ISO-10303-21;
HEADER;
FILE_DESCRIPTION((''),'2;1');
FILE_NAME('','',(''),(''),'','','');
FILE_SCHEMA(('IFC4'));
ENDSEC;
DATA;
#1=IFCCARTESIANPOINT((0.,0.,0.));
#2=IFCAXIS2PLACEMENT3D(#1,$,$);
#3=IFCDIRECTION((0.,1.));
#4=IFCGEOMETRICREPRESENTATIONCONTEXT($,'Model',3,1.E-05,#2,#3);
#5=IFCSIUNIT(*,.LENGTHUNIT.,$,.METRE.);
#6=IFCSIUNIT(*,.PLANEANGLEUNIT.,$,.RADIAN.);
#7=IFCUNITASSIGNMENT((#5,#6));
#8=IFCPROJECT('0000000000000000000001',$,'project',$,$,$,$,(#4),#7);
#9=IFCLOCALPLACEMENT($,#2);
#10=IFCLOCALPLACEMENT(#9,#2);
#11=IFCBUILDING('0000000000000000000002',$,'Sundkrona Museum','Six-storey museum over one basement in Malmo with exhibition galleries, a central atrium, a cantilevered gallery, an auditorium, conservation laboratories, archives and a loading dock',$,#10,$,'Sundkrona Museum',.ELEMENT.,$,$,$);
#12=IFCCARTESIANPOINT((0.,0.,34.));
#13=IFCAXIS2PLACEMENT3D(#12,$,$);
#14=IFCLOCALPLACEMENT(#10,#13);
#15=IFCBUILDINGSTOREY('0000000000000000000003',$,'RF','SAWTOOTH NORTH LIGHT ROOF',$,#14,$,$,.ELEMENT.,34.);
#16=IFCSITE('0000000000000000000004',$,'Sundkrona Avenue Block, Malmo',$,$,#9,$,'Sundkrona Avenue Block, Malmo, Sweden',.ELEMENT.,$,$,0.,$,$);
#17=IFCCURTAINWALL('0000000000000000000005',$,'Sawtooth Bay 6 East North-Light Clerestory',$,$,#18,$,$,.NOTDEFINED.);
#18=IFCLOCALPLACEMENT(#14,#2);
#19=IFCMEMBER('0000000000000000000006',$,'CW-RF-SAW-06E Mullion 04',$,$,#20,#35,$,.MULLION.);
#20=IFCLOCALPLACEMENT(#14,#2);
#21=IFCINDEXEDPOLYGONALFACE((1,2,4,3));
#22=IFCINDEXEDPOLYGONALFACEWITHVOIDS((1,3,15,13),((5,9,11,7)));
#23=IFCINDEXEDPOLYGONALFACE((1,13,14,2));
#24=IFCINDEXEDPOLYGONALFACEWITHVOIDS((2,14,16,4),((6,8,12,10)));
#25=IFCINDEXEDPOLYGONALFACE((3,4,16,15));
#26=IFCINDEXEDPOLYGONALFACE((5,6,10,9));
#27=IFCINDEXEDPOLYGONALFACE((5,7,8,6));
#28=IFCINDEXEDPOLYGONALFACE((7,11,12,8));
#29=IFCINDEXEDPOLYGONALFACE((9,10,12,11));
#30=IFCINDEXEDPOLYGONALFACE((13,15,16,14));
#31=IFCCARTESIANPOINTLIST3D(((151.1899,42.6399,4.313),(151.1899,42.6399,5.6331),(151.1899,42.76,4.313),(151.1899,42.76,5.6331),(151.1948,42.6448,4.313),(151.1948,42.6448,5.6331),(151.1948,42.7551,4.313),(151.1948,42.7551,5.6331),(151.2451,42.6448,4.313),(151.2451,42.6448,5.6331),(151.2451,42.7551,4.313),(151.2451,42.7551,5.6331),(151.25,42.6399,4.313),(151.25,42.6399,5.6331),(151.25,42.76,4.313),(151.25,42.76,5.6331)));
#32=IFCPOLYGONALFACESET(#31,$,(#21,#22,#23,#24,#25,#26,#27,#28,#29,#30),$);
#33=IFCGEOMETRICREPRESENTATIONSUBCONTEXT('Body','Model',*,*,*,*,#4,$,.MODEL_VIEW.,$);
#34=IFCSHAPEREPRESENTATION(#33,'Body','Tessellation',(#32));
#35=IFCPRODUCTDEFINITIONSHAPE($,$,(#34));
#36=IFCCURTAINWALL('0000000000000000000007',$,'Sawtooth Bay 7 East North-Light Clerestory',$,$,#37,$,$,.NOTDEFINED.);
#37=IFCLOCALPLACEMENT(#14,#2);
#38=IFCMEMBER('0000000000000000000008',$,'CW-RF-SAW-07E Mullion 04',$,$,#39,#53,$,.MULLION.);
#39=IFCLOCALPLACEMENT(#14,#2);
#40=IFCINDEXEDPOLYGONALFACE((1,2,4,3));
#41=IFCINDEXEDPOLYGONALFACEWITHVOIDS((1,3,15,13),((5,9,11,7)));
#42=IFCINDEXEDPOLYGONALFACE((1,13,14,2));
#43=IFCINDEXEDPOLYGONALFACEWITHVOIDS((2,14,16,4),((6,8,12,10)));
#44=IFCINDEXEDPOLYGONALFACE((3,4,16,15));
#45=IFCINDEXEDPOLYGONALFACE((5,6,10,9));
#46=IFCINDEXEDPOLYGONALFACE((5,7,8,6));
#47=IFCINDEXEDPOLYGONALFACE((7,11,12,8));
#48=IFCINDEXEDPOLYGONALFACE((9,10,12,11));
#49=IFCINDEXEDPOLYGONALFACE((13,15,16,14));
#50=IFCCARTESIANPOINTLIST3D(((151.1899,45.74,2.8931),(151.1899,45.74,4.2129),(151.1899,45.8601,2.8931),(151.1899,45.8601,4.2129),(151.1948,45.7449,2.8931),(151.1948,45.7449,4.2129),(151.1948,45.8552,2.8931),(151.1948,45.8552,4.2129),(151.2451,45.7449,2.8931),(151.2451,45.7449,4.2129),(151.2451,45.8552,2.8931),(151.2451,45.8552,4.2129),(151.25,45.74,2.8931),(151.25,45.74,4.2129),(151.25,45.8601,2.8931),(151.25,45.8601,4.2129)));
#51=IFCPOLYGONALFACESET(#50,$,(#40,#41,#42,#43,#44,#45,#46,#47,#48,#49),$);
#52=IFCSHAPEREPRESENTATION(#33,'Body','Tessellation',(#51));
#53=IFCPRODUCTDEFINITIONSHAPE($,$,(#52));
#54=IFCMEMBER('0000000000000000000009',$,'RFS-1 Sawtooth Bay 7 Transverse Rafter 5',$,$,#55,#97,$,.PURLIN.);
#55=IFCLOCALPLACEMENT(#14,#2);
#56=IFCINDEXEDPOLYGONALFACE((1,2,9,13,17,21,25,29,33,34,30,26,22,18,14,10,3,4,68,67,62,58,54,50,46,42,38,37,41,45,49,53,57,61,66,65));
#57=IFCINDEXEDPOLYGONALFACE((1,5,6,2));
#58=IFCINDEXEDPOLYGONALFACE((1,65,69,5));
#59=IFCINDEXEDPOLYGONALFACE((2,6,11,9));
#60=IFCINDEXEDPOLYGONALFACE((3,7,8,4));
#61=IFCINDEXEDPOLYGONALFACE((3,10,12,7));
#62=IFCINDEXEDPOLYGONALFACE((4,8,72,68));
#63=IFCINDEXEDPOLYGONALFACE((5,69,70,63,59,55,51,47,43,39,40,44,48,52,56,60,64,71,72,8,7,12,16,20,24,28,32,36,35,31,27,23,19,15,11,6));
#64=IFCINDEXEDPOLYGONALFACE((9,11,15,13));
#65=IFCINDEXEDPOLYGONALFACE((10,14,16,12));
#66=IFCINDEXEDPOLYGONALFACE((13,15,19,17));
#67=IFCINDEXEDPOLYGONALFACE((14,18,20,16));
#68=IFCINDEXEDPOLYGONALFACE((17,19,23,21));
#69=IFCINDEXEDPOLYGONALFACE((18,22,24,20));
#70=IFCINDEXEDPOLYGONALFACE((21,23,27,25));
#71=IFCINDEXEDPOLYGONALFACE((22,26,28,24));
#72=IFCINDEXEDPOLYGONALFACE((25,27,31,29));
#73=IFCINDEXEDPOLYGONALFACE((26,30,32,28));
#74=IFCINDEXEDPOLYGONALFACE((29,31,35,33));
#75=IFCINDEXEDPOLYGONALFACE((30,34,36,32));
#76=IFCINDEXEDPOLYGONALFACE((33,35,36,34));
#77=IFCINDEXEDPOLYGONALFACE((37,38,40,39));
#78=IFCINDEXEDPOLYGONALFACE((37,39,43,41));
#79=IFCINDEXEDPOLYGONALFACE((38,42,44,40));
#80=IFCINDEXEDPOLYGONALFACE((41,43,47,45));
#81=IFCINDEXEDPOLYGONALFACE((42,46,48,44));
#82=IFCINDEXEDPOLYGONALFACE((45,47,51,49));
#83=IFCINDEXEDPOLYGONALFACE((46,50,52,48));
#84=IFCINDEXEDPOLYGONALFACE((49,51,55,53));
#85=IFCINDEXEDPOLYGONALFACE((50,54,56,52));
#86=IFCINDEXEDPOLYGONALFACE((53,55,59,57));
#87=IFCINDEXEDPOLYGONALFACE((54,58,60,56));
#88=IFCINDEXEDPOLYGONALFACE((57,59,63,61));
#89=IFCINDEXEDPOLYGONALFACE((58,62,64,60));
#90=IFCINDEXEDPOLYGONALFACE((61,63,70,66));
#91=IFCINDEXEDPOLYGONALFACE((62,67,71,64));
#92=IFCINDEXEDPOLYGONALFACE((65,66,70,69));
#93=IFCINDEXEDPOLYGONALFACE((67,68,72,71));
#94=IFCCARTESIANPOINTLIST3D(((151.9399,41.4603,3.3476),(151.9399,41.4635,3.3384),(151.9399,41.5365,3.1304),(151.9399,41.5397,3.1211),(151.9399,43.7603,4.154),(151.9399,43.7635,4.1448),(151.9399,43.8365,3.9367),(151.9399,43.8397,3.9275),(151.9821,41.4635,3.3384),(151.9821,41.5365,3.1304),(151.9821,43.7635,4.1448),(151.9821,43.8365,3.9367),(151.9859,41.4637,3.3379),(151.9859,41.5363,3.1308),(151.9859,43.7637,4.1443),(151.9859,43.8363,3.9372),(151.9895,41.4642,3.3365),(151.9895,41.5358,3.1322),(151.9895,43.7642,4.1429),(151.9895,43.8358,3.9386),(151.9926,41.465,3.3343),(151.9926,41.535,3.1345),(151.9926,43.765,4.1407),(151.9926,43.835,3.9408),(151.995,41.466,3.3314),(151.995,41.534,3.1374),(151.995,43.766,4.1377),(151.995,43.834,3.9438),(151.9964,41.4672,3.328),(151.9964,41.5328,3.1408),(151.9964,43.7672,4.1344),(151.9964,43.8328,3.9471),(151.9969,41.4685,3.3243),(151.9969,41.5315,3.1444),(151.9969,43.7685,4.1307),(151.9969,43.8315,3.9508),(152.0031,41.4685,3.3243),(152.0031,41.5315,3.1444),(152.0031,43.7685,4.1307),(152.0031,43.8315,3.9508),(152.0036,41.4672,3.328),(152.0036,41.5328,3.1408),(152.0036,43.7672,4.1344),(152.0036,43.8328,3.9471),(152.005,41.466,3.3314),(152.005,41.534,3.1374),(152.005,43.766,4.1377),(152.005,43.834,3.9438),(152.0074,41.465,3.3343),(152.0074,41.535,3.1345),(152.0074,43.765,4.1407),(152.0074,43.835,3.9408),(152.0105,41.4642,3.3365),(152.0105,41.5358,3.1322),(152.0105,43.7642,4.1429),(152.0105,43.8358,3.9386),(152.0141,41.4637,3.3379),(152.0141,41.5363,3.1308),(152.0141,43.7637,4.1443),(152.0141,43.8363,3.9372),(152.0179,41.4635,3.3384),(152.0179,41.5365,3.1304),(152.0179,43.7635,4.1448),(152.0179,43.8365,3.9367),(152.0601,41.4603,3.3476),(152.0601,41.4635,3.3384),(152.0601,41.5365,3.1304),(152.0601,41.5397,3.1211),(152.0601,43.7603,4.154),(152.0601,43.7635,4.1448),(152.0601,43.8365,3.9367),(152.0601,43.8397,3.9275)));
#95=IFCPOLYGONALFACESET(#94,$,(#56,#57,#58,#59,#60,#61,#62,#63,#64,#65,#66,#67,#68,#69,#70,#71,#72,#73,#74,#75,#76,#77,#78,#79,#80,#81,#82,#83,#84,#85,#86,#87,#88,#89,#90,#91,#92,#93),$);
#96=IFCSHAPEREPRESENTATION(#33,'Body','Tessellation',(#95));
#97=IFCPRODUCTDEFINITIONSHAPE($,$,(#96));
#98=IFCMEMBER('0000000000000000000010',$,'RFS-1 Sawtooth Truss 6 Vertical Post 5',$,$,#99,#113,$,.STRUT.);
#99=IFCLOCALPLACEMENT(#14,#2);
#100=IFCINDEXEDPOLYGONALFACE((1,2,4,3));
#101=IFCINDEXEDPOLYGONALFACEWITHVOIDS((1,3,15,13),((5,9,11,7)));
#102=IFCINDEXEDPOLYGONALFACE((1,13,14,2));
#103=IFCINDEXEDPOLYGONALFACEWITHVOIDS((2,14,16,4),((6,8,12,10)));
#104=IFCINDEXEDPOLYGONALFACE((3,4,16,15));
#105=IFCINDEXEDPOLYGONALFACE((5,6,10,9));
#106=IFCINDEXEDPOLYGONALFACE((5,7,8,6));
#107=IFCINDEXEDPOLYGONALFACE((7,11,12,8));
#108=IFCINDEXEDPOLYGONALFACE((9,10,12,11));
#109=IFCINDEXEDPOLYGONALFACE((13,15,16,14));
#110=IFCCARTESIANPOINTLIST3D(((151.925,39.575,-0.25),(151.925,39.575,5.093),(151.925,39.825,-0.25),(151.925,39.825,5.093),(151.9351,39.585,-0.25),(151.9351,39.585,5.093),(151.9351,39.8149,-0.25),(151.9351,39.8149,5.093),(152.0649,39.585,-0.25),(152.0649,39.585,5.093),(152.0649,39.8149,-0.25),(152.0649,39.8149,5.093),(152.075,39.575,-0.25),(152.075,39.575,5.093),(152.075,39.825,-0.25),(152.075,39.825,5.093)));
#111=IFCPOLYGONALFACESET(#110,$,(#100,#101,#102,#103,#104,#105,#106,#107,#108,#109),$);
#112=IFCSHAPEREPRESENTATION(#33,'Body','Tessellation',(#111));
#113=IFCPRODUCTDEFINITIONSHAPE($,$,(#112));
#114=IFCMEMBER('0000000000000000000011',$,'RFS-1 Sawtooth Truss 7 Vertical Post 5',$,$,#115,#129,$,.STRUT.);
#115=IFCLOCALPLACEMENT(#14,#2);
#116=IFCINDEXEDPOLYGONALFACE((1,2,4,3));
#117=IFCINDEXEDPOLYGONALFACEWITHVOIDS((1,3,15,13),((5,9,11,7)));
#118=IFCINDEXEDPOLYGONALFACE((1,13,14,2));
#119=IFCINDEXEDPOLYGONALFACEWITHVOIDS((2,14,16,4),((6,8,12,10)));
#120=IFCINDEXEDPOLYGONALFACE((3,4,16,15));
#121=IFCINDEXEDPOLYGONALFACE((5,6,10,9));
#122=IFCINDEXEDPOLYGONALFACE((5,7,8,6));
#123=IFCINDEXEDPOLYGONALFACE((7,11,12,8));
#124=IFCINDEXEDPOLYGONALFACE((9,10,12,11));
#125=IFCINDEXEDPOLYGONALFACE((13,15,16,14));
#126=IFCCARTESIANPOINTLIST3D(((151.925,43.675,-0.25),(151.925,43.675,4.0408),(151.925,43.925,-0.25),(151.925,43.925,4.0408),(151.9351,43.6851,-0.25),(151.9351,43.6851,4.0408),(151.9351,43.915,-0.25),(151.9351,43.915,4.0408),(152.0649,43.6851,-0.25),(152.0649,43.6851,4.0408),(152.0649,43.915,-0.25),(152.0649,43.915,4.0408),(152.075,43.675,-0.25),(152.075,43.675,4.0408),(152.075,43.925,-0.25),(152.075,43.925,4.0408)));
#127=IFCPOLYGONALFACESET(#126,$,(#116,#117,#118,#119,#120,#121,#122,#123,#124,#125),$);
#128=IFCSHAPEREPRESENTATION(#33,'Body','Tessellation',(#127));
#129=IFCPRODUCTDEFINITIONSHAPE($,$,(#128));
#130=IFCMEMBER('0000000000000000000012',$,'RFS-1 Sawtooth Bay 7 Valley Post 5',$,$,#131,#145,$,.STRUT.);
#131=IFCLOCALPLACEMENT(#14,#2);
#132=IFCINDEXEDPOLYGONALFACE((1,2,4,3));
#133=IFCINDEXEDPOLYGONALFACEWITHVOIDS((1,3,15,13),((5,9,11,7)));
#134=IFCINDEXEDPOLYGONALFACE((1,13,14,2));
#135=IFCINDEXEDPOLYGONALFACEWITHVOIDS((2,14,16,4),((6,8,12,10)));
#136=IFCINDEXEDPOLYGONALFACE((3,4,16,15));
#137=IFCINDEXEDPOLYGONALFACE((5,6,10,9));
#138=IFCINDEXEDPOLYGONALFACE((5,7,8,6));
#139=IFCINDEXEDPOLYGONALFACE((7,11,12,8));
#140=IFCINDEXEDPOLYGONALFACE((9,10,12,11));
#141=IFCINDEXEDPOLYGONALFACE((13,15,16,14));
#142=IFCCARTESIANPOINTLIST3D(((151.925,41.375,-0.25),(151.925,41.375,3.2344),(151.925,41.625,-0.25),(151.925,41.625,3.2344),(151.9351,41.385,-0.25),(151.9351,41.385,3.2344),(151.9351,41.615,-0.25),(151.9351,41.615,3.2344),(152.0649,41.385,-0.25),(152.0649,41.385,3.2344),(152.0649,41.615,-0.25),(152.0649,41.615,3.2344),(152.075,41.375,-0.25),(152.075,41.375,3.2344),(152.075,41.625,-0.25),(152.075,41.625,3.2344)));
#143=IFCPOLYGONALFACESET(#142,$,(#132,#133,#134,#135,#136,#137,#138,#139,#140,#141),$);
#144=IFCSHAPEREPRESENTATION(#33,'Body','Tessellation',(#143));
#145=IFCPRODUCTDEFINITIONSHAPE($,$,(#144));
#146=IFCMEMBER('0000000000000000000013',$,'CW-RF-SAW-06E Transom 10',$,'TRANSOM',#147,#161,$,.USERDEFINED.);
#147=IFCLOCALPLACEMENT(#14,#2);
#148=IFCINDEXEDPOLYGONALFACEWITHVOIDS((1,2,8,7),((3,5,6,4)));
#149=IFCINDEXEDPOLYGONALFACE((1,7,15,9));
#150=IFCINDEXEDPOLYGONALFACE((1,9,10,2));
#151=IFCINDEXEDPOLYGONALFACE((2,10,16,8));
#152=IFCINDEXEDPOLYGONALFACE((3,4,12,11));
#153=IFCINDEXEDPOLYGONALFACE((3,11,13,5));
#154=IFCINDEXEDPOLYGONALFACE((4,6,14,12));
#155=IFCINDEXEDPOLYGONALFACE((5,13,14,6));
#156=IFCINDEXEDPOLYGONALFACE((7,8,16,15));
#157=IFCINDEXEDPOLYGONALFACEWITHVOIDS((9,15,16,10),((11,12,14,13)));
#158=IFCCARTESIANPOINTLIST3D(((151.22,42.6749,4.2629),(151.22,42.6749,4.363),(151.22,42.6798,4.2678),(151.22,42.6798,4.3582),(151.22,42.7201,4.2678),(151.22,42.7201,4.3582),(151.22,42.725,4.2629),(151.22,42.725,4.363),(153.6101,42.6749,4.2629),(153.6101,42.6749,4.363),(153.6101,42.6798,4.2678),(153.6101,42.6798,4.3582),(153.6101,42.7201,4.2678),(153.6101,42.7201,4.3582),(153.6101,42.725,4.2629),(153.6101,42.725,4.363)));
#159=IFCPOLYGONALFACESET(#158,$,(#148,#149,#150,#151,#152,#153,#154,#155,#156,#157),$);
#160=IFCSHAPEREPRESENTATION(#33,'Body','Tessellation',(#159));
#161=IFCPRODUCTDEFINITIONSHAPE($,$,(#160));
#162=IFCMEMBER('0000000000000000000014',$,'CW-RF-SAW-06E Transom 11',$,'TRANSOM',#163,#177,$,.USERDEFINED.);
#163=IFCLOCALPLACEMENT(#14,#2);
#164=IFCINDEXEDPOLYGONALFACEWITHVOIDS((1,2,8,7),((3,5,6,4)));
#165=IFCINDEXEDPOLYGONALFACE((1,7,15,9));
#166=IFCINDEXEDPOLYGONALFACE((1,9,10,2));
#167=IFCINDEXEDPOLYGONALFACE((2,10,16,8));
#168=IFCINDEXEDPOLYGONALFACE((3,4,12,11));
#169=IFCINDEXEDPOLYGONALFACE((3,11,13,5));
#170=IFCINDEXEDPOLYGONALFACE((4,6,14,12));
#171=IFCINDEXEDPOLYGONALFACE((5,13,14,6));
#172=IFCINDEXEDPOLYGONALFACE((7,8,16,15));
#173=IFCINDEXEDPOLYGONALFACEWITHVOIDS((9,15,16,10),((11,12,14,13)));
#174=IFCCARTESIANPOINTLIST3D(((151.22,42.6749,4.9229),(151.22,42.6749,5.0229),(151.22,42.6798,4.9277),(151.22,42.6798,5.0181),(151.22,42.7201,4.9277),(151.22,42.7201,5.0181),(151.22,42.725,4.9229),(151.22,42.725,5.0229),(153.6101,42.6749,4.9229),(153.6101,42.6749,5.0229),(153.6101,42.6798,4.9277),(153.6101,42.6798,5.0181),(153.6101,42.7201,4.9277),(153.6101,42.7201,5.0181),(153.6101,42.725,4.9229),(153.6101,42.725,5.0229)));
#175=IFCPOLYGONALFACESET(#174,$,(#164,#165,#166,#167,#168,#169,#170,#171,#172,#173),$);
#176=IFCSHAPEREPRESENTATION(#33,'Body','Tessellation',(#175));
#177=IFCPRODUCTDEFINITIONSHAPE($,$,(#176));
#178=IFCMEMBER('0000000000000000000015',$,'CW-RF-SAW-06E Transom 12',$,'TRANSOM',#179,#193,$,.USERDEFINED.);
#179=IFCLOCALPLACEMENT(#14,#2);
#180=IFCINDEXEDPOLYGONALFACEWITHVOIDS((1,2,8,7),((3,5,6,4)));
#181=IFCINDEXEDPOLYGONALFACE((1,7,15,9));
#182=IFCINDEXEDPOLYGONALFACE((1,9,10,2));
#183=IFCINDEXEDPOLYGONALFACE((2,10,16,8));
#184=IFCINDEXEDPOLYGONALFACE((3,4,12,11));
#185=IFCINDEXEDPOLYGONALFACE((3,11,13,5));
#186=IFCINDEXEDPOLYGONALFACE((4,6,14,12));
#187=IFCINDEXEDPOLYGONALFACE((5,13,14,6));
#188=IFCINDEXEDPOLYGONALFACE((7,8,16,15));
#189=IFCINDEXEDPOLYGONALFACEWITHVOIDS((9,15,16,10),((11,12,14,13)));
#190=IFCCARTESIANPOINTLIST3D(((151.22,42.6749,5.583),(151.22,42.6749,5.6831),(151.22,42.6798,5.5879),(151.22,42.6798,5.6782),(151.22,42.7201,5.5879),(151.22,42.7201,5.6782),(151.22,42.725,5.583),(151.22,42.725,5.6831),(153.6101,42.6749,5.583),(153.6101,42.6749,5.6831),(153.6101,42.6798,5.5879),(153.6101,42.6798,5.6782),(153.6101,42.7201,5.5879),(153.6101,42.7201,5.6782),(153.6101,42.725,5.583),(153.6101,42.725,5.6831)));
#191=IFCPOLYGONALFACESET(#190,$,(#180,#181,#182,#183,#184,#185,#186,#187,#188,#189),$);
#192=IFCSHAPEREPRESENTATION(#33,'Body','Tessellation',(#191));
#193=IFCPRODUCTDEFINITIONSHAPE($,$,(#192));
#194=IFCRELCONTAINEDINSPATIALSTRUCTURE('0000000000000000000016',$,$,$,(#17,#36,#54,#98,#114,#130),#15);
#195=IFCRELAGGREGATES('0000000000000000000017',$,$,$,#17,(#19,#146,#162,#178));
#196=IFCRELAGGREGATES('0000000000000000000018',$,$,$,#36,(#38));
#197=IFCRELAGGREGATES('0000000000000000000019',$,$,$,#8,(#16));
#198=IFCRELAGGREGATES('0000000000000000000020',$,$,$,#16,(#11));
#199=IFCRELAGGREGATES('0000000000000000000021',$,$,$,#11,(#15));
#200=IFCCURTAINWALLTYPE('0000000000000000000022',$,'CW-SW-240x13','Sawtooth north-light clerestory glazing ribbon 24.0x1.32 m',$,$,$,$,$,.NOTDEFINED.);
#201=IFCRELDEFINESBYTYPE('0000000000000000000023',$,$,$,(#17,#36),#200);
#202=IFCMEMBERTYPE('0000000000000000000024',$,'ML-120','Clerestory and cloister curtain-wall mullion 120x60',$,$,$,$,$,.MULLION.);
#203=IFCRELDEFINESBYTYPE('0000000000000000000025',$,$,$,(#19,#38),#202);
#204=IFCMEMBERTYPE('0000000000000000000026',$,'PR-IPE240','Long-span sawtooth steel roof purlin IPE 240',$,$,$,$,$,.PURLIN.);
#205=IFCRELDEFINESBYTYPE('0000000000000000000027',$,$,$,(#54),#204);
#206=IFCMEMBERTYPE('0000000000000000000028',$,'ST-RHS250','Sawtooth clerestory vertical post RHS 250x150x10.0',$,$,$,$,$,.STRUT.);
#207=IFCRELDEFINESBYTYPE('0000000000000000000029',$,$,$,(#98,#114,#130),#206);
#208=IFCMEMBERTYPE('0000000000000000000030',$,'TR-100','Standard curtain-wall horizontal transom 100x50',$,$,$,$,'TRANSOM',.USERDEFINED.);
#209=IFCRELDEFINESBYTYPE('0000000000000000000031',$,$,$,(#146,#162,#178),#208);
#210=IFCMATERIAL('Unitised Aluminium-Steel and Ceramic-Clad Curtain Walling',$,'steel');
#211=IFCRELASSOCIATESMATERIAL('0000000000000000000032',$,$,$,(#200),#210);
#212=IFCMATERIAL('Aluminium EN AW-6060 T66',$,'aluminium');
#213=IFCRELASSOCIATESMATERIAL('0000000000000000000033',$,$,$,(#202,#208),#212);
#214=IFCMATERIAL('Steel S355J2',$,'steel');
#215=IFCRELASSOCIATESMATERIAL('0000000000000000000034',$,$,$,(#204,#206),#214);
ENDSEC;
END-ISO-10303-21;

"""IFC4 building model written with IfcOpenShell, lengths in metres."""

from ifc_helpers import new_model, si_unit, direction, frame, origin, origin_2d, place, context, subcontext, project, spatial, hollow_rectangle, i_section, extrude, material, material_profile, profile_set, type_object, element, aggregate, save


model = new_model("IFC4")

# Units and contexts
model_context = context("Model", 3, precision=1e-05, world=origin(), true_north=direction((0.0, 1.0)))
body_context = subcontext(model_context, "Body", "Model", "MODEL_VIEW")
ifc_project = project(units=[si_unit("LENGTHUNIT", "METRE"), si_unit("PLANEANGLEUNIT", "RADIAN")], contexts=[model_context])

# Site, building, storey
site_placement = place(None, origin())
site = spatial("IfcSite", under=ifc_project, at=site_placement, Name="Sundkrona Avenue Block, Malmo", LongName="Sundkrona Avenue Block, Malmo, Sweden", CompositionType="ELEMENT", RefElevation=0.0)
building_placement = place(site_placement, origin())
building = spatial("IfcBuilding", under=site, at=building_placement, Name="Sundkrona Museum", Description="Six-storey museum over one basement in Malmo with exhibition galleries, a central atrium, a cantilevered gallery, an auditorium, conservation laboratories, archives and a loading dock", LongName="Sundkrona Museum", CompositionType="ELEMENT")
storey_placement = place(building_placement, frame((0.0, 0.0, 34.0)))
storey = spatial("IfcBuildingStorey", under=building, at=storey_placement, Name="RF", Description="SAWTOOTH NORTH LIGHT ROOF", CompositionType="ELEMENT", Elevation=34.0)

# Curtain walls, members
ifc_material_1 = material(Name="Unitised Aluminium-Steel and Ceramic-Clad Curtain Walling", Category="steel")
curtain_wall_type = type_object("IfcCurtainWallType", Name="CW-SW-240x13", Description="Sawtooth north-light clerestory glazing ribbon 24.0x1.32 m", PredefinedType="NOTDEFINED", material=ifc_material_1)
curtain_wall_1_placement = place(storey_placement, origin())
curtain_wall_1 = element("IfcCurtainWall", 1, at=curtain_wall_1_placement, inside=storey, type_object=curtain_wall_type, Name="Sawtooth Bay 6 East North-Light Clerestory", PredefinedType="NOTDEFINED")
ifc_material_2 = material(Name="Aluminium EN AW-6060 T66", Category="aluminium")
ifc_material_profile_1 = material_profile(ifc_material_2, hollow_rectangle(XDim=0.0601, YDim=0.1201, WallThickness=0.0049, at=origin_2d()), Name="RHS 120x60x5.0")
ifc_profile_set_1 = profile_set([ifc_material_profile_1], Name="Aluminium EN AW-6060 T66")
member_type_1 = type_object("IfcMemberType", Name="ML-120", Description="Clerestory and cloister curtain-wall mullion 120x60", PredefinedType="MULLION", material=ifc_profile_set_1)
member_1_placement = place(storey_placement, frame((151.22, 42.7, 4.313), z_axis=(0.0, 0.0, 1.0), x_axis=(1.0, 0.0, 0.0)))
member_1 = element("IfcMember", 2, at=member_1_placement, type_object=member_type_1, Name="CW-RF-SAW-06E Mullion 04", PredefinedType="MULLION", context=body_context, shape_type="SweptSolid", body=[
    extrude(hollow_rectangle(XDim=0.0601, YDim=0.1201, WallThickness=0.0049, at=origin_2d()), origin(), (0.0, 0.0, 1.0), 1.3201),
])
curtain_wall_2_placement = place(storey_placement, origin())
curtain_wall_2 = element("IfcCurtainWall", 3, at=curtain_wall_2_placement, inside=storey, type_object=curtain_wall_type, Name="Sawtooth Bay 7 East North-Light Clerestory", PredefinedType="NOTDEFINED")
member_2_placement = place(storey_placement, frame((151.22, 45.8, 2.8931), z_axis=(0.0, 0.0, 1.0), x_axis=(1.0, 0.0, 0.0)))
member_2 = element("IfcMember", 4, at=member_2_placement, type_object=member_type_1, Name="CW-RF-SAW-07E Mullion 04", PredefinedType="MULLION", context=body_context, shape_type="SweptSolid", body=[
    extrude(hollow_rectangle(XDim=0.0601, YDim=0.1201, WallThickness=0.0049, at=origin_2d()), origin(), (0.0, 0.0, 1.0), 1.3198),
])

# Members
ifc_material_3 = material(Name="Steel S355J2", Category="steel")
ifc_material_profile_2 = material_profile(ifc_material_3, i_section(OverallWidth=0.1201, OverallDepth=0.24, WebThickness=0.0061, FlangeThickness=0.0098, FilletRadius=0.0149, at=origin_2d()), Name="IPE 240")
ifc_profile_set_2 = profile_set([ifc_material_profile_2], Name="Steel S355J2")
member_type_2 = type_object("IfcMemberType", Name="PR-IPE240", Description="Long-span sawtooth steel roof purlin IPE 240", PredefinedType="PURLIN", material=ifc_profile_set_2)
member_3_placement = place(storey_placement, frame((152.0, 41.5, 3.2344), z_axis=(0.0, 0.943682, 0.330855), x_axis=(-1.0, 0.0, 0.0)))
element("IfcMember", 5, at=member_3_placement, inside=storey, type_object=member_type_2, Name="RFS-1 Sawtooth Bay 7 Transverse Rafter 5", PredefinedType="PURLIN", context=body_context, shape_type="SweptSolid", body=[
    extrude(i_section(OverallWidth=0.1201, OverallDepth=0.24, WebThickness=0.0061, FlangeThickness=0.0098, FilletRadius=0.0149, at=origin_2d()), origin(), (0.0, 0.0, 1.0), 2.4373),
])
ifc_material_profile_3 = material_profile(ifc_material_3, hollow_rectangle(XDim=0.1499, YDim=0.25, WallThickness=0.01, at=origin_2d()), Name="RHS 250x150x10.0")
ifc_profile_set_3 = profile_set([ifc_material_profile_3], Name="Steel S355J2")
member_type_3 = type_object("IfcMemberType", Name="ST-RHS250", Description="Sawtooth clerestory vertical post RHS 250x150x10.0", PredefinedType="STRUT", material=ifc_profile_set_3)
member_4_placement = place(storey_placement, frame((152.0, 39.7, -0.25), z_axis=(0.0, 0.0, 1.0), x_axis=(1.0, 0.0, 0.0)))
element("IfcMember", 6, at=member_4_placement, inside=storey, type_object=member_type_3, Name="RFS-1 Sawtooth Truss 6 Vertical Post 5", PredefinedType="STRUT", context=body_context, shape_type="SweptSolid", body=[
    extrude(hollow_rectangle(XDim=0.1499, YDim=0.25, WallThickness=0.01, at=origin_2d()), origin(), (0.0, 0.0, 1.0), 5.343),
])
member_5_placement = place(storey_placement, frame((152.0, 43.8, -0.25), z_axis=(0.0, 0.0, 1.0), x_axis=(1.0, 0.0, 0.0)))
element("IfcMember", 7, at=member_5_placement, inside=storey, type_object=member_type_3, Name="RFS-1 Sawtooth Truss 7 Vertical Post 5", PredefinedType="STRUT", context=body_context, shape_type="SweptSolid", body=[
    extrude(hollow_rectangle(XDim=0.1499, YDim=0.25, WallThickness=0.01, at=origin_2d()), origin(), (0.0, 0.0, 1.0), 4.2908),
])
member_6_placement = place(storey_placement, frame((152.0, 41.5, -0.25), z_axis=(0.0, 0.0, 1.0), x_axis=(1.0, 0.0, 0.0)))
element("IfcMember", 8, at=member_6_placement, inside=storey, type_object=member_type_3, Name="RFS-1 Sawtooth Bay 7 Valley Post 5", PredefinedType="STRUT", context=body_context, shape_type="SweptSolid", body=[
    extrude(hollow_rectangle(XDim=0.1499, YDim=0.25, WallThickness=0.01, at=origin_2d()), origin(), (0.0, 0.0, 1.0), 3.4844),
])

# Members
ifc_material_profile_4 = material_profile(ifc_material_2, hollow_rectangle(XDim=0.05, YDim=0.1001, WallThickness=0.0049, at=origin_2d()), Name="RHS 100x50x5.0")
ifc_profile_set_4 = profile_set([ifc_material_profile_4], Name="Aluminium EN AW-6060 T66")
member_type_4 = type_object("IfcMemberType", Name="TR-100", Description="Standard curtain-wall horizontal transom 100x50", ElementType="TRANSOM", PredefinedType="USERDEFINED", material=ifc_profile_set_4)
member_7_placement = place(storey_placement, frame((151.22, 42.7, 4.313), z_axis=(1.0, 0.0, 0.0), x_axis=(0.0, 1.0, 0.0)))
member_7 = element("IfcMember", 9, at=member_7_placement, type_object=member_type_4, Name="CW-RF-SAW-06E Transom 10", ObjectType="TRANSOM", PredefinedType="USERDEFINED", context=body_context, shape_type="SweptSolid", body=[
    extrude(hollow_rectangle(XDim=0.05, YDim=0.1001, WallThickness=0.0049, at=origin_2d()), origin(), (0.0, 0.0, 1.0), 2.3901),
])
member_8_placement = place(storey_placement, frame((151.22, 42.7, 4.9729), z_axis=(1.0, 0.0, 0.0), x_axis=(0.0, 1.0, 0.0)))
member_8 = element("IfcMember", 10, at=member_8_placement, type_object=member_type_4, Name="CW-RF-SAW-06E Transom 11", ObjectType="TRANSOM", PredefinedType="USERDEFINED", context=body_context, shape_type="SweptSolid", body=[
    extrude(hollow_rectangle(XDim=0.05, YDim=0.1001, WallThickness=0.0049, at=origin_2d()), origin(), (0.0, 0.0, 1.0), 2.3901),
])
member_9_placement = place(storey_placement, frame((151.22, 42.7, 5.6331), z_axis=(1.0, 0.0, 0.0), x_axis=(0.0, 1.0, 0.0)))
member_9 = element("IfcMember", 11, at=member_9_placement, type_object=member_type_4, Name="CW-RF-SAW-06E Transom 12", ObjectType="TRANSOM", PredefinedType="USERDEFINED", context=body_context, shape_type="SweptSolid", body=[
    extrude(hollow_rectangle(XDim=0.05, YDim=0.1001, WallThickness=0.0049, at=origin_2d()), origin(), (0.0, 0.0, 1.0), 2.3901),
])

aggregate(curtain_wall_1, [member_1, member_7, member_8, member_9])
aggregate(curtain_wall_2, [member_2])

save(model, "model.ifc")
